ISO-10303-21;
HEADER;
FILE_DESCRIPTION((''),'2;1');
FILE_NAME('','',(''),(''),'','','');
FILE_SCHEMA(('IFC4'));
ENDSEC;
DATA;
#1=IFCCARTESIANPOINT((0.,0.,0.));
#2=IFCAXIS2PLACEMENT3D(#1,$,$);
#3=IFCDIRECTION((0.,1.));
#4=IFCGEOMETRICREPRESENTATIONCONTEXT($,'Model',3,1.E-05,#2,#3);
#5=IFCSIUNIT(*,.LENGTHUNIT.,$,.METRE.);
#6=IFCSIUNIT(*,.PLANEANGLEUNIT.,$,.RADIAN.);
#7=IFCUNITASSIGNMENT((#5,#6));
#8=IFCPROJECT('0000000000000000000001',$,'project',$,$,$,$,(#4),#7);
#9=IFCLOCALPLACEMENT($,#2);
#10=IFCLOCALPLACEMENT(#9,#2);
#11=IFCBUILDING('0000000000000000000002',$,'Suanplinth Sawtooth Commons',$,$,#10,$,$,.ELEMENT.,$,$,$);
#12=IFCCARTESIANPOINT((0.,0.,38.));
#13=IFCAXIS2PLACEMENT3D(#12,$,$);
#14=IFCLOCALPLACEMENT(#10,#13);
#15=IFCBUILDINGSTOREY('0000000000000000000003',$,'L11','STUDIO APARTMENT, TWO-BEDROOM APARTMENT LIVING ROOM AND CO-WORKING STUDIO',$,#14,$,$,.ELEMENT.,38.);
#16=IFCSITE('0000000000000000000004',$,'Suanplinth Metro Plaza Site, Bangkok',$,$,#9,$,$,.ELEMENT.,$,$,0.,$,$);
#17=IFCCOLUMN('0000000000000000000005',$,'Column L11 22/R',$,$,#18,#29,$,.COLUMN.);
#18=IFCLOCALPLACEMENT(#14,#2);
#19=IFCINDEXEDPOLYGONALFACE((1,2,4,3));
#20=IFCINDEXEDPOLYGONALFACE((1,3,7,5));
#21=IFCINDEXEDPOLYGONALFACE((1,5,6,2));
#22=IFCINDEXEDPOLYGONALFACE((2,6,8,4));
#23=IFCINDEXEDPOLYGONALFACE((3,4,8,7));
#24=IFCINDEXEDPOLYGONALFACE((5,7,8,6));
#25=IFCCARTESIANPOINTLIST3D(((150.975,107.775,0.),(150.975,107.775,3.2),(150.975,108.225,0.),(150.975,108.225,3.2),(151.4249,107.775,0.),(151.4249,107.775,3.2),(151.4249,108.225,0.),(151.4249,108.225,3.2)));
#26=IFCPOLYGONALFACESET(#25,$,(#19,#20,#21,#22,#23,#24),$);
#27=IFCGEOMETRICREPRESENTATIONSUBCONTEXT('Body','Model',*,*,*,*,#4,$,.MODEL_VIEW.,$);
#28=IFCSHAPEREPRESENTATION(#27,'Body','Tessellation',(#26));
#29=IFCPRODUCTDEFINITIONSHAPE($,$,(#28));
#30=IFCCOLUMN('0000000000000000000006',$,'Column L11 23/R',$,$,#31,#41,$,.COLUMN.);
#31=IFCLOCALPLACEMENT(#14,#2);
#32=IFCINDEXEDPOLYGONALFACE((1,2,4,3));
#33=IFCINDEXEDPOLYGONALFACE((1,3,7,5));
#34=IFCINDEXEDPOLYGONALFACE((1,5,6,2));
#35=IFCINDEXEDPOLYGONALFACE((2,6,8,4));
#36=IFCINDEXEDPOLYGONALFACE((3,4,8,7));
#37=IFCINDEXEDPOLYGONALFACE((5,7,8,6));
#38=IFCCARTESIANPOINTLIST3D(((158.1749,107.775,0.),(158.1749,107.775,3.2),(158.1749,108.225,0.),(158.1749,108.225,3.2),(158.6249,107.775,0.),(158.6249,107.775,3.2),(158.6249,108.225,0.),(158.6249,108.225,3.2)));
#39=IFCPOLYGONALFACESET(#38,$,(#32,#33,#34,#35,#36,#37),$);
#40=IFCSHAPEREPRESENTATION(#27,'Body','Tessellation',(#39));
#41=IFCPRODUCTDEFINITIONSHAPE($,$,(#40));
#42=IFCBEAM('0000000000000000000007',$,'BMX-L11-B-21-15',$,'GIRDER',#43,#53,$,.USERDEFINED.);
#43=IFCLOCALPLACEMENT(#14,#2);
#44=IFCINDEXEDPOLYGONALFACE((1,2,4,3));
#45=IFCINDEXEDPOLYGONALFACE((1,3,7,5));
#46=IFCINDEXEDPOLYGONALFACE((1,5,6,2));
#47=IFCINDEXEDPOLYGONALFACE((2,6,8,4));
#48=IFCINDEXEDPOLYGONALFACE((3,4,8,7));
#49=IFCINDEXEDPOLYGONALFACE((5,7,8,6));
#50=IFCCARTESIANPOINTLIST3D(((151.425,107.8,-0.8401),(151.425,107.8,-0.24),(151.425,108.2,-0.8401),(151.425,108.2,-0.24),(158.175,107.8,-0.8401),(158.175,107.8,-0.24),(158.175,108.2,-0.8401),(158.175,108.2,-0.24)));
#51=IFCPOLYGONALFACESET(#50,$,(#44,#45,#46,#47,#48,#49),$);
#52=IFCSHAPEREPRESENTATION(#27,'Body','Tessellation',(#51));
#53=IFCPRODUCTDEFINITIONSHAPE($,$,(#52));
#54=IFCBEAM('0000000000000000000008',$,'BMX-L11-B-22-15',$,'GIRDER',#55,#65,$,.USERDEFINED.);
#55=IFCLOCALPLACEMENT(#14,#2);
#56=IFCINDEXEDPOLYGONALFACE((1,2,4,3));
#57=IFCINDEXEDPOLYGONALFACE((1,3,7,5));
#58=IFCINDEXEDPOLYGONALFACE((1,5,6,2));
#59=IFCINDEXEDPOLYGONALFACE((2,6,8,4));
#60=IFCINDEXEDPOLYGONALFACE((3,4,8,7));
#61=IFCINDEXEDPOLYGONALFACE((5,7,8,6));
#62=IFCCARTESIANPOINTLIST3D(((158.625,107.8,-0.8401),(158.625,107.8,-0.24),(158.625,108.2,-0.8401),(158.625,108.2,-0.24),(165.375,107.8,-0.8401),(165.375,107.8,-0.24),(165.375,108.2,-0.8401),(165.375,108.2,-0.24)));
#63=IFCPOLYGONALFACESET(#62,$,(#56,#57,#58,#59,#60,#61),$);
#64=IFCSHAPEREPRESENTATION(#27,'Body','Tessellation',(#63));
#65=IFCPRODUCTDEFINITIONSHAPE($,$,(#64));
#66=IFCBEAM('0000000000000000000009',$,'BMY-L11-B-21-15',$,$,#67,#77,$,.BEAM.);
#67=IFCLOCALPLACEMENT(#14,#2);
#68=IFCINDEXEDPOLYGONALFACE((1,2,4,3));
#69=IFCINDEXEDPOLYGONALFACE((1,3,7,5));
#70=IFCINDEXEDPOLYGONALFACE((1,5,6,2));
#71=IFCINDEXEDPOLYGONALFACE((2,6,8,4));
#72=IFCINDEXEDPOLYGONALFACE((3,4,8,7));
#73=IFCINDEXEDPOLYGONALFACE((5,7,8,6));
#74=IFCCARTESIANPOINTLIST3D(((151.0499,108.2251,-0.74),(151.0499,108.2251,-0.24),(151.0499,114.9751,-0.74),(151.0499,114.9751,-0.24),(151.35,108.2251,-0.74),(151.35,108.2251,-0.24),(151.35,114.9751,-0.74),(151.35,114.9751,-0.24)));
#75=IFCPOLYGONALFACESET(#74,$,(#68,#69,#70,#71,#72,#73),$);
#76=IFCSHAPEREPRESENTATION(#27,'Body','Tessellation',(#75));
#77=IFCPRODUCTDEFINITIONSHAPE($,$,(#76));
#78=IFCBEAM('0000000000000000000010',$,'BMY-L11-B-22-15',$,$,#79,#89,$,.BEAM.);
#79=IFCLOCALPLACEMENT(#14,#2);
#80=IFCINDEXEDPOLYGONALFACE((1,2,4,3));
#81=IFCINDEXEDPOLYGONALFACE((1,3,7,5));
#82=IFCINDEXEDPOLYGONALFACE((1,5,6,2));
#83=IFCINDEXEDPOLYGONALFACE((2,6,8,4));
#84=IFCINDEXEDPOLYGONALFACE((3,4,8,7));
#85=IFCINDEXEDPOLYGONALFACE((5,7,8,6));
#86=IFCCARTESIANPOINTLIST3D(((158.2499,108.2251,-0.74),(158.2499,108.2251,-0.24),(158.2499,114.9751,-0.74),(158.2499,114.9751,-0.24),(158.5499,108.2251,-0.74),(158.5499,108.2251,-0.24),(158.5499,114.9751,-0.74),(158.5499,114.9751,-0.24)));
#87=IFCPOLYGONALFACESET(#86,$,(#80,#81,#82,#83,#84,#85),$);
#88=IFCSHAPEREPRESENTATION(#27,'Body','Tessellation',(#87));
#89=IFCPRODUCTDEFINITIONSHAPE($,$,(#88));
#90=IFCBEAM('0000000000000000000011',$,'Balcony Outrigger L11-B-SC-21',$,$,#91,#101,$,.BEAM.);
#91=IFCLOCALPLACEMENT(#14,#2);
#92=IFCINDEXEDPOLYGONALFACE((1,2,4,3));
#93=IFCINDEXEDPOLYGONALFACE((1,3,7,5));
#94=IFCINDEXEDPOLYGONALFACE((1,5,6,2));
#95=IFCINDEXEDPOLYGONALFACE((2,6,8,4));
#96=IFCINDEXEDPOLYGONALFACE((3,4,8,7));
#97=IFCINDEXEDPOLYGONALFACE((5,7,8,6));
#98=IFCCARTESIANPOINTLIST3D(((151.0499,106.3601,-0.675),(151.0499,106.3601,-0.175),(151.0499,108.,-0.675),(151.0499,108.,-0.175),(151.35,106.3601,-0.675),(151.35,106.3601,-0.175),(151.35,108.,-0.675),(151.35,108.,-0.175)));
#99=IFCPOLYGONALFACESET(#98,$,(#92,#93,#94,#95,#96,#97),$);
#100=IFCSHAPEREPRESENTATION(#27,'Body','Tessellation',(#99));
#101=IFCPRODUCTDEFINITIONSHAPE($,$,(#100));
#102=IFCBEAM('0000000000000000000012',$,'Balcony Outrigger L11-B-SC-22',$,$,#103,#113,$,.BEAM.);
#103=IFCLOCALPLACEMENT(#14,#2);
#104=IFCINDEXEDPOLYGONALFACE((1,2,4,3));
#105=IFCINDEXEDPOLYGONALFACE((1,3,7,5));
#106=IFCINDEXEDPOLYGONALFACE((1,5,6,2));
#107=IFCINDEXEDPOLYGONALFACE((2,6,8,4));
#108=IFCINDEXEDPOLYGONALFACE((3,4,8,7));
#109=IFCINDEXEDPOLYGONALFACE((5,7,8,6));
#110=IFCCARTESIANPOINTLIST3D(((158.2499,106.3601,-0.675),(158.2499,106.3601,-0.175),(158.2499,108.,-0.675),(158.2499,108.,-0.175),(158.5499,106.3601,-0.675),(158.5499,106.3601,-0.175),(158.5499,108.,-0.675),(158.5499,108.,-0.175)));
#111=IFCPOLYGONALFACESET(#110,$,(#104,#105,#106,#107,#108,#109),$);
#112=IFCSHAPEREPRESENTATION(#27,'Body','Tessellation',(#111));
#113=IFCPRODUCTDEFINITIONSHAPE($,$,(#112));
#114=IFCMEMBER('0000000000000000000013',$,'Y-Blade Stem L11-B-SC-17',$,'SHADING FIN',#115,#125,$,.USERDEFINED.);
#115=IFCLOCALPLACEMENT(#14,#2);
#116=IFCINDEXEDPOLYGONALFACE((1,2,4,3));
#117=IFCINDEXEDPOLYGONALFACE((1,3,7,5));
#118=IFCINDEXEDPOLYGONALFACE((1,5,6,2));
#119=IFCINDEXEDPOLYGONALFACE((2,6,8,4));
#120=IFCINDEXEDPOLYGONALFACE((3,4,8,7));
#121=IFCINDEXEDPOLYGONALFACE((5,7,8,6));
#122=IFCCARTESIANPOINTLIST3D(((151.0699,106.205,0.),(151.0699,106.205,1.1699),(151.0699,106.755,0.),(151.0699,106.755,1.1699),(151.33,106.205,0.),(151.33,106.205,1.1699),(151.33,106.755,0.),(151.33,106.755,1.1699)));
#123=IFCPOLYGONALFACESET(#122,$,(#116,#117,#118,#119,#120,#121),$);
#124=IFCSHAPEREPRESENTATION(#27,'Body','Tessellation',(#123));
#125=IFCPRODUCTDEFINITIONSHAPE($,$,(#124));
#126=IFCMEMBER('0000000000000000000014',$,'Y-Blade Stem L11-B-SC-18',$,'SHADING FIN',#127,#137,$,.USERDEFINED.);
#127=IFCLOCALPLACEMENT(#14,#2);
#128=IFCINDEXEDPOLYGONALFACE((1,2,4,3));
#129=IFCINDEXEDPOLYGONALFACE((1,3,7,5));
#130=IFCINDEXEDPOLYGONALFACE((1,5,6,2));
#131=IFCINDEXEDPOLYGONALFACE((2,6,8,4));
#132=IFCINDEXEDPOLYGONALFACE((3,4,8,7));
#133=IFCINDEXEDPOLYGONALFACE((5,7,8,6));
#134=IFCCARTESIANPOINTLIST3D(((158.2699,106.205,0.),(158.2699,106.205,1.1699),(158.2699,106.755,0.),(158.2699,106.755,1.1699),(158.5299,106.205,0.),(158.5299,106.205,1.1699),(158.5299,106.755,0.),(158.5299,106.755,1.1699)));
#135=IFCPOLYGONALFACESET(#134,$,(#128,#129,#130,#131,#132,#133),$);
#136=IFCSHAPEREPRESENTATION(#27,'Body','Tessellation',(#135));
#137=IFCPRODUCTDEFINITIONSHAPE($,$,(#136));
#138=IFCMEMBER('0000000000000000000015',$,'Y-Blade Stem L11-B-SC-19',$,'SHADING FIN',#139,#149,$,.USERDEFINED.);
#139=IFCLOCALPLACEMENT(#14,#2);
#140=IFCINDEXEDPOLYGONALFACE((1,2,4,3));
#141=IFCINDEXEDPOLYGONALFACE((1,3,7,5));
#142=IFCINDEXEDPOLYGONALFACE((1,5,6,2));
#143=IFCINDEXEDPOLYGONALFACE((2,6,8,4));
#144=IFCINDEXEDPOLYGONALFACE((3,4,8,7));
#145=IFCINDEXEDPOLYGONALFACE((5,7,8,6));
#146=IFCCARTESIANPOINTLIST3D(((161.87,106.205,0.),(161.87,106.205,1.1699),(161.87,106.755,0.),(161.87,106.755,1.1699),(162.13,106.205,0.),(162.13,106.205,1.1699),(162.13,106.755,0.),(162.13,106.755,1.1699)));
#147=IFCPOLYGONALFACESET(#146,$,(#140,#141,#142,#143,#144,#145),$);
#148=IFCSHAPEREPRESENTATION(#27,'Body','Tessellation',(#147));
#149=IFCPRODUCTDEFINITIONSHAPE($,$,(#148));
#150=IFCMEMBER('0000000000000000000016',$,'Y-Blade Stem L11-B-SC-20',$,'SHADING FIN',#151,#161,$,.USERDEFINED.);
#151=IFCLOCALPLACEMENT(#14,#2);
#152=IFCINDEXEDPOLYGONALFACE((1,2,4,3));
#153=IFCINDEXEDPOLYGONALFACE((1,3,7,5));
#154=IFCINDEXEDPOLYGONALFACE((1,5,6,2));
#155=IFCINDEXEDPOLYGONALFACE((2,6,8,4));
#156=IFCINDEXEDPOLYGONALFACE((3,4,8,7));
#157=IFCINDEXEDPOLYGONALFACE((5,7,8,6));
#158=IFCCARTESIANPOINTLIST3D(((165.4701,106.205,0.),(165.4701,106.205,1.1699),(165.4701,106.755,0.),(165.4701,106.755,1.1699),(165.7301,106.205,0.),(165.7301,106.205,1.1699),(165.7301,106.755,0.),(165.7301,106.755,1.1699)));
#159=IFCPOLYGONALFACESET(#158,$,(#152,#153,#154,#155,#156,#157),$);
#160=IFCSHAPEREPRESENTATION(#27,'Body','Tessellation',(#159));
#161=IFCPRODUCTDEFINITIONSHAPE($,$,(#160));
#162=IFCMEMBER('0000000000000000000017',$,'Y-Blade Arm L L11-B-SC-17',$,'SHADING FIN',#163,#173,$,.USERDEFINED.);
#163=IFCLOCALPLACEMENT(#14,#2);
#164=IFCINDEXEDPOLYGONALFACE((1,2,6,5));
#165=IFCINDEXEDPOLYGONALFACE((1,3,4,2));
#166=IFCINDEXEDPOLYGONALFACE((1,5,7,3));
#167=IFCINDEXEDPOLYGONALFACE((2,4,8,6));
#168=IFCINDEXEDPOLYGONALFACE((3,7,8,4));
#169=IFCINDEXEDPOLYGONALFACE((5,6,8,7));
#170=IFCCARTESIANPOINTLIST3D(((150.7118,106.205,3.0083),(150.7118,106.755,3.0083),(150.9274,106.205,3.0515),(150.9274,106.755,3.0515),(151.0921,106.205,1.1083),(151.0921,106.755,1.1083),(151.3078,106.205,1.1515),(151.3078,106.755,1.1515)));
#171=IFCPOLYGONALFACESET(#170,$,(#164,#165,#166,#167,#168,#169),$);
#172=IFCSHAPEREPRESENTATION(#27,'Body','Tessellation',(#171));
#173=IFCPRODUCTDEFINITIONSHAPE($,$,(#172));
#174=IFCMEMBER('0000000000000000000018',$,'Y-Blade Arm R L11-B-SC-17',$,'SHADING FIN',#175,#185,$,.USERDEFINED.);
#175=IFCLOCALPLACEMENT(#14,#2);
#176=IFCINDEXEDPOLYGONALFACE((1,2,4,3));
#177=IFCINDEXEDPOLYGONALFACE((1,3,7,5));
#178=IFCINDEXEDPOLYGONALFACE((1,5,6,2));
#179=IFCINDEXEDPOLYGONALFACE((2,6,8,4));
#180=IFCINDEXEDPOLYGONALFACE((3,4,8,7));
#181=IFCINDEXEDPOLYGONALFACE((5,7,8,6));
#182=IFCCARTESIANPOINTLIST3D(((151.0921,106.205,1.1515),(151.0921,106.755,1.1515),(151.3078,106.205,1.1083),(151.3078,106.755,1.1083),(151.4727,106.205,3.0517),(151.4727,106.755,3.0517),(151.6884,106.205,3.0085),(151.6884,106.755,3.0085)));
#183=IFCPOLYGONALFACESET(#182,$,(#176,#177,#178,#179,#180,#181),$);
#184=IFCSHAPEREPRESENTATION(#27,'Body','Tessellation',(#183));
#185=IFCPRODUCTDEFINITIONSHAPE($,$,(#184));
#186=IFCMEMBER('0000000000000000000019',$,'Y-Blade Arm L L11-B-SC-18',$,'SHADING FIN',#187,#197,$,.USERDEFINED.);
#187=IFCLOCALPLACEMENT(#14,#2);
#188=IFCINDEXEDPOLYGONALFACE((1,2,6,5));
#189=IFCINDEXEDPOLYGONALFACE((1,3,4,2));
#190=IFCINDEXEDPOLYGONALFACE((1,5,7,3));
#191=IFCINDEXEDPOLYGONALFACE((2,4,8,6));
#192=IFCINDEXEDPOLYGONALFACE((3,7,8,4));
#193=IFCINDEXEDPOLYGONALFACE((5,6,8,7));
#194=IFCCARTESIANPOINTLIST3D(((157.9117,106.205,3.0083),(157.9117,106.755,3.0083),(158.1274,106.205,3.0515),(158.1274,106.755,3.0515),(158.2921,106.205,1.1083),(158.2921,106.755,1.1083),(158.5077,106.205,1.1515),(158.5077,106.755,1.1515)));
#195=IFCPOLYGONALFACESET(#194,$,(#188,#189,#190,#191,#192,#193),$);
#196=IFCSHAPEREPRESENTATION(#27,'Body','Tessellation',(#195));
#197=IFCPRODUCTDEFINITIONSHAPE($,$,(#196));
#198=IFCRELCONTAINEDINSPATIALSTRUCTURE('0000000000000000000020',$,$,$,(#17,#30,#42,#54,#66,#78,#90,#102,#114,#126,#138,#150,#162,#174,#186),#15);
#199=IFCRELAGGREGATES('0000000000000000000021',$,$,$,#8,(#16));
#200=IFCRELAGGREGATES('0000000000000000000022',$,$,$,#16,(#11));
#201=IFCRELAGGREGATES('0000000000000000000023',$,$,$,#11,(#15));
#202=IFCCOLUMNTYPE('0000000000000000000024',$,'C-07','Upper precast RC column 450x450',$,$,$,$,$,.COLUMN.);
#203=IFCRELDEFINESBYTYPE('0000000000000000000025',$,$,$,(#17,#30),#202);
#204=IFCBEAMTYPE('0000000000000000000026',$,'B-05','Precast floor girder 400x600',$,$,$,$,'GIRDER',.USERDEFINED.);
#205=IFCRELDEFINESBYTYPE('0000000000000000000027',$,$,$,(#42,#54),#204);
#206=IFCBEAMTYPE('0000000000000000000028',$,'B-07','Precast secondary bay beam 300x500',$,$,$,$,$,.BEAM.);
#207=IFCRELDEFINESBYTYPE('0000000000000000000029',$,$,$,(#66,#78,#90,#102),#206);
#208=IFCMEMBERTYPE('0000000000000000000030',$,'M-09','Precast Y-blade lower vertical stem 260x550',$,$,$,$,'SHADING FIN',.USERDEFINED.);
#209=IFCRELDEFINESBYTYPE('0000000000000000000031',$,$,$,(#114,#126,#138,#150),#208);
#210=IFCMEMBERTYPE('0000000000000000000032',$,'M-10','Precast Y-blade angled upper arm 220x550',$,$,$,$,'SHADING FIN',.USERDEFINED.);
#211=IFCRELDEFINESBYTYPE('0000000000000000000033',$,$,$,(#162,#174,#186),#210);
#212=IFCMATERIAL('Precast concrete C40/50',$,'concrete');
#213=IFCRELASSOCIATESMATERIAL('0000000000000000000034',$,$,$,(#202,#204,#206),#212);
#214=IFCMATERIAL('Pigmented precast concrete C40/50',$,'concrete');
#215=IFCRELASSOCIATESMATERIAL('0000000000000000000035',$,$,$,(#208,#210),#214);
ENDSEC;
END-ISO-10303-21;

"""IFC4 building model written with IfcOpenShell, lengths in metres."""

from ifc_helpers import new_model, si_unit, direction, frame, origin, origin_2d, place, context, subcontext, project, spatial, rectangle, extrude, material, material_profile, profile_set, type_object, element, save


model = new_model("IFC4")

# Units and contexts
model_context = context("Model", 3, precision=1e-05, world=origin(), true_north=direction((0.0, 1.0)))
body_context = subcontext(model_context, "Body", "Model", "MODEL_VIEW")
ifc_project = project(units=[si_unit("LENGTHUNIT", "METRE"), si_unit("PLANEANGLEUNIT", "RADIAN")], contexts=[model_context])

# Site, building, storey
site_placement = place(None, origin())
site = spatial("IfcSite", under=ifc_project, at=site_placement, Name="Suanplinth Metro Plaza Site, Bangkok", CompositionType="ELEMENT", RefElevation=0.0)
building_placement = place(site_placement, origin())
building = spatial("IfcBuilding", under=site, at=building_placement, Name="Suanplinth Sawtooth Commons", CompositionType="ELEMENT")
storey_placement = place(building_placement, frame((0.0, 0.0, 38.0)))
storey = spatial("IfcBuildingStorey", under=building, at=storey_placement, Name="L11", Description="STUDIO APARTMENT, TWO-BEDROOM APARTMENT LIVING ROOM AND CO-WORKING STUDIO", CompositionType="ELEMENT", Elevation=38.0)

# Columns
ifc_material_1 = material(Name="Precast concrete C40/50", Category="concrete")
ifc_material_profile_1 = material_profile(ifc_material_1, rectangle(XDim=0.45, YDim=0.45, at=origin_2d()), Name="PC-COL 450x450")
ifc_profile_set_1 = profile_set([ifc_material_profile_1], Name="Precast concrete C40/50")
column_type = type_object("IfcColumnType", Name="C-07", Description="Upper precast RC column 450x450", PredefinedType="COLUMN", material=ifc_profile_set_1)
for number, where, z_axis, x_axis, name in (
    (1, (151.2, 108.0, 0.0), (0.0, 0.0, 1.0), (1.0, 0.0, 0.0), "Column L11 22/R"),
    (2, (158.3999, 108.0, 0.0), (0.0, 0.0, 1.0), (1.0, 0.0, 0.0), "Column L11 23/R"),
):
    element("IfcColumn", number, at=place(storey_placement, frame(where, z_axis=z_axis, x_axis=x_axis)), inside=storey, type_object=column_type, Name=name, PredefinedType="COLUMN", context=body_context, shape_type="SweptSolid", body=[
        extrude(rectangle(XDim=0.45, YDim=0.45, at=origin_2d()), origin(), (0.0, 0.0, 1.0), 3.2),
    ])

# Beams
ifc_material_profile_2 = material_profile(ifc_material_1, rectangle(XDim=0.3999, YDim=0.6001, at=origin_2d()), Name="PC-GDR 400x600")
ifc_profile_set_2 = profile_set([ifc_material_profile_2], Name="Precast concrete C40/50")
beam_type_1 = type_object("IfcBeamType", Name="B-05", Description="Precast floor girder 400x600", ElementType="GIRDER", PredefinedType="USERDEFINED", material=ifc_profile_set_2)
for number, where, z_axis, x_axis, name in (
    (3, (151.425, 108.0, -0.54), (1.0, 0.0, 0.0), (0.0, 1.0, 0.0), "BMX-L11-B-21-15"),
    (4, (158.625, 108.0, -0.54), (1.0, 0.0, 0.0), (0.0, 1.0, 0.0), "BMX-L11-B-22-15"),
):
    element("IfcBeam", number, at=place(storey_placement, frame(where, z_axis=z_axis, x_axis=x_axis)), inside=storey, type_object=beam_type_1, Name=name, ObjectType="GIRDER", PredefinedType="USERDEFINED", context=body_context, shape_type="SweptSolid", body=[
        extrude(rectangle(XDim=0.3999, YDim=0.6001, at=origin_2d()), origin(), (0.0, 0.0, 1.0), 6.75),
    ])
ifc_material_profile_3 = material_profile(ifc_material_1, rectangle(XDim=0.3, YDim=0.5, at=origin_2d()), Name="PC-BM 300x500")
ifc_profile_set_3 = profile_set([ifc_material_profile_3], Name="Precast concrete C40/50")
beam_type_2 = type_object("IfcBeamType", Name="B-07", Description="Precast secondary bay beam 300x500", PredefinedType="BEAM", material=ifc_profile_set_3)
for number, where, z_axis, x_axis, name in (
    (5, (151.2, 108.2251, -0.49), (0.0, 1.0, 0.0), (-1.0, 0.0, 0.0), "BMY-L11-B-21-15"),
    (6, (158.3999, 108.2251, -0.49), (0.0, 1.0, 0.0), (-1.0, 0.0, 0.0), "BMY-L11-B-22-15"),
):
    element("IfcBeam", number, at=place(storey_placement, frame(where, z_axis=z_axis, x_axis=x_axis)), inside=storey, type_object=beam_type_2, Name=name, PredefinedType="BEAM", context=body_context, shape_type="SweptSolid", body=[
        extrude(rectangle(XDim=0.3, YDim=0.5, at=origin_2d()), origin(), (0.0, 0.0, 1.0), 6.75),
    ])
for number, where, z_axis, x_axis, name in (
    (7, (151.2, 108.0, -0.425), (0.0, -1.0, 0.0), (1.0, 0.0, 0.0), "Balcony Outrigger L11-B-SC-21"),
    (8, (158.3999, 108.0, -0.425), (0.0, -1.0, 0.0), (1.0, 0.0, 0.0), "Balcony Outrigger L11-B-SC-22"),
):
    element("IfcBeam", number, at=place(storey_placement, frame(where, z_axis=z_axis, x_axis=x_axis)), inside=storey, type_object=beam_type_2, Name=name, PredefinedType="BEAM", context=body_context, shape_type="SweptSolid", body=[
        extrude(rectangle(XDim=0.3, YDim=0.5, at=origin_2d()), origin(), (0.0, 0.0, 1.0), 1.6399),
    ])

# Members
ifc_material_2 = material(Name="Pigmented precast concrete C40/50", Category="concrete")
ifc_material_profile_4 = material_profile(ifc_material_2, rectangle(XDim=0.26, YDim=0.55, at=origin_2d()), Name="PC-FIN 260x550")
ifc_profile_set_4 = profile_set([ifc_material_profile_4], Name="Pigmented precast concrete C40/50")
member_type_1 = type_object("IfcMemberType", Name="M-09", Description="Precast Y-blade lower vertical stem 260x550", ElementType="SHADING FIN", PredefinedType="USERDEFINED", material=ifc_profile_set_4)
for number, where, z_axis, x_axis, name in (
    (9, (151.2, 106.48, 0.0), (0.0, 0.0, 1.0), (1.0, 0.0, 0.0), "Y-Blade Stem L11-B-SC-17"),
    (10, (158.3999, 106.48, 0.0), (0.0, 0.0, 1.0), (1.0, 0.0, 0.0), "Y-Blade Stem L11-B-SC-18"),
    (11, (162.0, 106.48, 0.0), (0.0, 0.0, 1.0), (1.0, 0.0, 0.0), "Y-Blade Stem L11-B-SC-19"),
    (12, (165.6001, 106.48, 0.0), (0.0, 0.0, 1.0), (1.0, 0.0, 0.0), "Y-Blade Stem L11-B-SC-20"),
):
    element("IfcMember", number, at=place(storey_placement, frame(where, z_axis=z_axis, x_axis=x_axis)), inside=storey, type_object=member_type_1, Name=name, ObjectType="SHADING FIN", PredefinedType="USERDEFINED", context=body_context, shape_type="SweptSolid", body=[
        extrude(rectangle(XDim=0.26, YDim=0.55, at=origin_2d()), origin(), (0.0, 0.0, 1.0), 1.1699),
    ])
ifc_material_profile_5 = material_profile(ifc_material_2, rectangle(XDim=0.22, YDim=0.55, at=origin_2d()), Name="PC-FIN 220x550")
ifc_profile_set_5 = profile_set([ifc_material_profile_5], Name="Pigmented precast concrete C40/50")
member_type_2 = type_object("IfcMemberType", Name="M-10", Description="Precast Y-blade angled upper arm 220x550", ElementType="SHADING FIN", PredefinedType="USERDEFINED", material=ifc_profile_set_5)
member_1_placement = place(storey_placement, frame((151.2, 106.48, 1.1299), z_axis=(-0.196286, 0.0, 0.980547), x_axis=(0.980547, 0.0, 0.196286)))
element("IfcMember", 13, at=member_1_placement, inside=storey, type_object=member_type_2, Name="Y-Blade Arm L L11-B-SC-17", ObjectType="SHADING FIN", PredefinedType="USERDEFINED", context=body_context, shape_type="SweptSolid", body=[
    extrude(rectangle(XDim=0.22, YDim=0.55, at=origin_2d()), origin(), (0.0, 0.0, 1.0), 1.9377),
])
member_2_placement = place(storey_placement, frame((151.2, 106.48, 1.1299), z_axis=(0.196407, 0.0, 0.980522), x_axis=(-0.980522, 0.0, 0.196407)))
element("IfcMember", 14, at=member_2_placement, inside=storey, type_object=member_type_2, Name="Y-Blade Arm R L11-B-SC-17", ObjectType="SHADING FIN", PredefinedType="USERDEFINED", context=body_context, shape_type="SweptSolid", body=[
    extrude(rectangle(XDim=0.22, YDim=0.55, at=origin_2d()), origin(), (0.0, 0.0, 1.0), 1.938),
])
member_3_placement = place(storey_placement, frame((158.3999, 106.48, 1.1299), z_axis=(-0.196286, 0.0, 0.980547), x_axis=(0.980547, 0.0, 0.196286)))
element("IfcMember", 15, at=member_3_placement, inside=storey, type_object=member_type_2, Name="Y-Blade Arm L L11-B-SC-18", ObjectType="SHADING FIN", PredefinedType="USERDEFINED", context=body_context, shape_type="SweptSolid", body=[
    extrude(rectangle(XDim=0.22, YDim=0.55, at=origin_2d()), origin(), (0.0, 0.0, 1.0), 1.9377),
])

save(model, "model.ifc")
